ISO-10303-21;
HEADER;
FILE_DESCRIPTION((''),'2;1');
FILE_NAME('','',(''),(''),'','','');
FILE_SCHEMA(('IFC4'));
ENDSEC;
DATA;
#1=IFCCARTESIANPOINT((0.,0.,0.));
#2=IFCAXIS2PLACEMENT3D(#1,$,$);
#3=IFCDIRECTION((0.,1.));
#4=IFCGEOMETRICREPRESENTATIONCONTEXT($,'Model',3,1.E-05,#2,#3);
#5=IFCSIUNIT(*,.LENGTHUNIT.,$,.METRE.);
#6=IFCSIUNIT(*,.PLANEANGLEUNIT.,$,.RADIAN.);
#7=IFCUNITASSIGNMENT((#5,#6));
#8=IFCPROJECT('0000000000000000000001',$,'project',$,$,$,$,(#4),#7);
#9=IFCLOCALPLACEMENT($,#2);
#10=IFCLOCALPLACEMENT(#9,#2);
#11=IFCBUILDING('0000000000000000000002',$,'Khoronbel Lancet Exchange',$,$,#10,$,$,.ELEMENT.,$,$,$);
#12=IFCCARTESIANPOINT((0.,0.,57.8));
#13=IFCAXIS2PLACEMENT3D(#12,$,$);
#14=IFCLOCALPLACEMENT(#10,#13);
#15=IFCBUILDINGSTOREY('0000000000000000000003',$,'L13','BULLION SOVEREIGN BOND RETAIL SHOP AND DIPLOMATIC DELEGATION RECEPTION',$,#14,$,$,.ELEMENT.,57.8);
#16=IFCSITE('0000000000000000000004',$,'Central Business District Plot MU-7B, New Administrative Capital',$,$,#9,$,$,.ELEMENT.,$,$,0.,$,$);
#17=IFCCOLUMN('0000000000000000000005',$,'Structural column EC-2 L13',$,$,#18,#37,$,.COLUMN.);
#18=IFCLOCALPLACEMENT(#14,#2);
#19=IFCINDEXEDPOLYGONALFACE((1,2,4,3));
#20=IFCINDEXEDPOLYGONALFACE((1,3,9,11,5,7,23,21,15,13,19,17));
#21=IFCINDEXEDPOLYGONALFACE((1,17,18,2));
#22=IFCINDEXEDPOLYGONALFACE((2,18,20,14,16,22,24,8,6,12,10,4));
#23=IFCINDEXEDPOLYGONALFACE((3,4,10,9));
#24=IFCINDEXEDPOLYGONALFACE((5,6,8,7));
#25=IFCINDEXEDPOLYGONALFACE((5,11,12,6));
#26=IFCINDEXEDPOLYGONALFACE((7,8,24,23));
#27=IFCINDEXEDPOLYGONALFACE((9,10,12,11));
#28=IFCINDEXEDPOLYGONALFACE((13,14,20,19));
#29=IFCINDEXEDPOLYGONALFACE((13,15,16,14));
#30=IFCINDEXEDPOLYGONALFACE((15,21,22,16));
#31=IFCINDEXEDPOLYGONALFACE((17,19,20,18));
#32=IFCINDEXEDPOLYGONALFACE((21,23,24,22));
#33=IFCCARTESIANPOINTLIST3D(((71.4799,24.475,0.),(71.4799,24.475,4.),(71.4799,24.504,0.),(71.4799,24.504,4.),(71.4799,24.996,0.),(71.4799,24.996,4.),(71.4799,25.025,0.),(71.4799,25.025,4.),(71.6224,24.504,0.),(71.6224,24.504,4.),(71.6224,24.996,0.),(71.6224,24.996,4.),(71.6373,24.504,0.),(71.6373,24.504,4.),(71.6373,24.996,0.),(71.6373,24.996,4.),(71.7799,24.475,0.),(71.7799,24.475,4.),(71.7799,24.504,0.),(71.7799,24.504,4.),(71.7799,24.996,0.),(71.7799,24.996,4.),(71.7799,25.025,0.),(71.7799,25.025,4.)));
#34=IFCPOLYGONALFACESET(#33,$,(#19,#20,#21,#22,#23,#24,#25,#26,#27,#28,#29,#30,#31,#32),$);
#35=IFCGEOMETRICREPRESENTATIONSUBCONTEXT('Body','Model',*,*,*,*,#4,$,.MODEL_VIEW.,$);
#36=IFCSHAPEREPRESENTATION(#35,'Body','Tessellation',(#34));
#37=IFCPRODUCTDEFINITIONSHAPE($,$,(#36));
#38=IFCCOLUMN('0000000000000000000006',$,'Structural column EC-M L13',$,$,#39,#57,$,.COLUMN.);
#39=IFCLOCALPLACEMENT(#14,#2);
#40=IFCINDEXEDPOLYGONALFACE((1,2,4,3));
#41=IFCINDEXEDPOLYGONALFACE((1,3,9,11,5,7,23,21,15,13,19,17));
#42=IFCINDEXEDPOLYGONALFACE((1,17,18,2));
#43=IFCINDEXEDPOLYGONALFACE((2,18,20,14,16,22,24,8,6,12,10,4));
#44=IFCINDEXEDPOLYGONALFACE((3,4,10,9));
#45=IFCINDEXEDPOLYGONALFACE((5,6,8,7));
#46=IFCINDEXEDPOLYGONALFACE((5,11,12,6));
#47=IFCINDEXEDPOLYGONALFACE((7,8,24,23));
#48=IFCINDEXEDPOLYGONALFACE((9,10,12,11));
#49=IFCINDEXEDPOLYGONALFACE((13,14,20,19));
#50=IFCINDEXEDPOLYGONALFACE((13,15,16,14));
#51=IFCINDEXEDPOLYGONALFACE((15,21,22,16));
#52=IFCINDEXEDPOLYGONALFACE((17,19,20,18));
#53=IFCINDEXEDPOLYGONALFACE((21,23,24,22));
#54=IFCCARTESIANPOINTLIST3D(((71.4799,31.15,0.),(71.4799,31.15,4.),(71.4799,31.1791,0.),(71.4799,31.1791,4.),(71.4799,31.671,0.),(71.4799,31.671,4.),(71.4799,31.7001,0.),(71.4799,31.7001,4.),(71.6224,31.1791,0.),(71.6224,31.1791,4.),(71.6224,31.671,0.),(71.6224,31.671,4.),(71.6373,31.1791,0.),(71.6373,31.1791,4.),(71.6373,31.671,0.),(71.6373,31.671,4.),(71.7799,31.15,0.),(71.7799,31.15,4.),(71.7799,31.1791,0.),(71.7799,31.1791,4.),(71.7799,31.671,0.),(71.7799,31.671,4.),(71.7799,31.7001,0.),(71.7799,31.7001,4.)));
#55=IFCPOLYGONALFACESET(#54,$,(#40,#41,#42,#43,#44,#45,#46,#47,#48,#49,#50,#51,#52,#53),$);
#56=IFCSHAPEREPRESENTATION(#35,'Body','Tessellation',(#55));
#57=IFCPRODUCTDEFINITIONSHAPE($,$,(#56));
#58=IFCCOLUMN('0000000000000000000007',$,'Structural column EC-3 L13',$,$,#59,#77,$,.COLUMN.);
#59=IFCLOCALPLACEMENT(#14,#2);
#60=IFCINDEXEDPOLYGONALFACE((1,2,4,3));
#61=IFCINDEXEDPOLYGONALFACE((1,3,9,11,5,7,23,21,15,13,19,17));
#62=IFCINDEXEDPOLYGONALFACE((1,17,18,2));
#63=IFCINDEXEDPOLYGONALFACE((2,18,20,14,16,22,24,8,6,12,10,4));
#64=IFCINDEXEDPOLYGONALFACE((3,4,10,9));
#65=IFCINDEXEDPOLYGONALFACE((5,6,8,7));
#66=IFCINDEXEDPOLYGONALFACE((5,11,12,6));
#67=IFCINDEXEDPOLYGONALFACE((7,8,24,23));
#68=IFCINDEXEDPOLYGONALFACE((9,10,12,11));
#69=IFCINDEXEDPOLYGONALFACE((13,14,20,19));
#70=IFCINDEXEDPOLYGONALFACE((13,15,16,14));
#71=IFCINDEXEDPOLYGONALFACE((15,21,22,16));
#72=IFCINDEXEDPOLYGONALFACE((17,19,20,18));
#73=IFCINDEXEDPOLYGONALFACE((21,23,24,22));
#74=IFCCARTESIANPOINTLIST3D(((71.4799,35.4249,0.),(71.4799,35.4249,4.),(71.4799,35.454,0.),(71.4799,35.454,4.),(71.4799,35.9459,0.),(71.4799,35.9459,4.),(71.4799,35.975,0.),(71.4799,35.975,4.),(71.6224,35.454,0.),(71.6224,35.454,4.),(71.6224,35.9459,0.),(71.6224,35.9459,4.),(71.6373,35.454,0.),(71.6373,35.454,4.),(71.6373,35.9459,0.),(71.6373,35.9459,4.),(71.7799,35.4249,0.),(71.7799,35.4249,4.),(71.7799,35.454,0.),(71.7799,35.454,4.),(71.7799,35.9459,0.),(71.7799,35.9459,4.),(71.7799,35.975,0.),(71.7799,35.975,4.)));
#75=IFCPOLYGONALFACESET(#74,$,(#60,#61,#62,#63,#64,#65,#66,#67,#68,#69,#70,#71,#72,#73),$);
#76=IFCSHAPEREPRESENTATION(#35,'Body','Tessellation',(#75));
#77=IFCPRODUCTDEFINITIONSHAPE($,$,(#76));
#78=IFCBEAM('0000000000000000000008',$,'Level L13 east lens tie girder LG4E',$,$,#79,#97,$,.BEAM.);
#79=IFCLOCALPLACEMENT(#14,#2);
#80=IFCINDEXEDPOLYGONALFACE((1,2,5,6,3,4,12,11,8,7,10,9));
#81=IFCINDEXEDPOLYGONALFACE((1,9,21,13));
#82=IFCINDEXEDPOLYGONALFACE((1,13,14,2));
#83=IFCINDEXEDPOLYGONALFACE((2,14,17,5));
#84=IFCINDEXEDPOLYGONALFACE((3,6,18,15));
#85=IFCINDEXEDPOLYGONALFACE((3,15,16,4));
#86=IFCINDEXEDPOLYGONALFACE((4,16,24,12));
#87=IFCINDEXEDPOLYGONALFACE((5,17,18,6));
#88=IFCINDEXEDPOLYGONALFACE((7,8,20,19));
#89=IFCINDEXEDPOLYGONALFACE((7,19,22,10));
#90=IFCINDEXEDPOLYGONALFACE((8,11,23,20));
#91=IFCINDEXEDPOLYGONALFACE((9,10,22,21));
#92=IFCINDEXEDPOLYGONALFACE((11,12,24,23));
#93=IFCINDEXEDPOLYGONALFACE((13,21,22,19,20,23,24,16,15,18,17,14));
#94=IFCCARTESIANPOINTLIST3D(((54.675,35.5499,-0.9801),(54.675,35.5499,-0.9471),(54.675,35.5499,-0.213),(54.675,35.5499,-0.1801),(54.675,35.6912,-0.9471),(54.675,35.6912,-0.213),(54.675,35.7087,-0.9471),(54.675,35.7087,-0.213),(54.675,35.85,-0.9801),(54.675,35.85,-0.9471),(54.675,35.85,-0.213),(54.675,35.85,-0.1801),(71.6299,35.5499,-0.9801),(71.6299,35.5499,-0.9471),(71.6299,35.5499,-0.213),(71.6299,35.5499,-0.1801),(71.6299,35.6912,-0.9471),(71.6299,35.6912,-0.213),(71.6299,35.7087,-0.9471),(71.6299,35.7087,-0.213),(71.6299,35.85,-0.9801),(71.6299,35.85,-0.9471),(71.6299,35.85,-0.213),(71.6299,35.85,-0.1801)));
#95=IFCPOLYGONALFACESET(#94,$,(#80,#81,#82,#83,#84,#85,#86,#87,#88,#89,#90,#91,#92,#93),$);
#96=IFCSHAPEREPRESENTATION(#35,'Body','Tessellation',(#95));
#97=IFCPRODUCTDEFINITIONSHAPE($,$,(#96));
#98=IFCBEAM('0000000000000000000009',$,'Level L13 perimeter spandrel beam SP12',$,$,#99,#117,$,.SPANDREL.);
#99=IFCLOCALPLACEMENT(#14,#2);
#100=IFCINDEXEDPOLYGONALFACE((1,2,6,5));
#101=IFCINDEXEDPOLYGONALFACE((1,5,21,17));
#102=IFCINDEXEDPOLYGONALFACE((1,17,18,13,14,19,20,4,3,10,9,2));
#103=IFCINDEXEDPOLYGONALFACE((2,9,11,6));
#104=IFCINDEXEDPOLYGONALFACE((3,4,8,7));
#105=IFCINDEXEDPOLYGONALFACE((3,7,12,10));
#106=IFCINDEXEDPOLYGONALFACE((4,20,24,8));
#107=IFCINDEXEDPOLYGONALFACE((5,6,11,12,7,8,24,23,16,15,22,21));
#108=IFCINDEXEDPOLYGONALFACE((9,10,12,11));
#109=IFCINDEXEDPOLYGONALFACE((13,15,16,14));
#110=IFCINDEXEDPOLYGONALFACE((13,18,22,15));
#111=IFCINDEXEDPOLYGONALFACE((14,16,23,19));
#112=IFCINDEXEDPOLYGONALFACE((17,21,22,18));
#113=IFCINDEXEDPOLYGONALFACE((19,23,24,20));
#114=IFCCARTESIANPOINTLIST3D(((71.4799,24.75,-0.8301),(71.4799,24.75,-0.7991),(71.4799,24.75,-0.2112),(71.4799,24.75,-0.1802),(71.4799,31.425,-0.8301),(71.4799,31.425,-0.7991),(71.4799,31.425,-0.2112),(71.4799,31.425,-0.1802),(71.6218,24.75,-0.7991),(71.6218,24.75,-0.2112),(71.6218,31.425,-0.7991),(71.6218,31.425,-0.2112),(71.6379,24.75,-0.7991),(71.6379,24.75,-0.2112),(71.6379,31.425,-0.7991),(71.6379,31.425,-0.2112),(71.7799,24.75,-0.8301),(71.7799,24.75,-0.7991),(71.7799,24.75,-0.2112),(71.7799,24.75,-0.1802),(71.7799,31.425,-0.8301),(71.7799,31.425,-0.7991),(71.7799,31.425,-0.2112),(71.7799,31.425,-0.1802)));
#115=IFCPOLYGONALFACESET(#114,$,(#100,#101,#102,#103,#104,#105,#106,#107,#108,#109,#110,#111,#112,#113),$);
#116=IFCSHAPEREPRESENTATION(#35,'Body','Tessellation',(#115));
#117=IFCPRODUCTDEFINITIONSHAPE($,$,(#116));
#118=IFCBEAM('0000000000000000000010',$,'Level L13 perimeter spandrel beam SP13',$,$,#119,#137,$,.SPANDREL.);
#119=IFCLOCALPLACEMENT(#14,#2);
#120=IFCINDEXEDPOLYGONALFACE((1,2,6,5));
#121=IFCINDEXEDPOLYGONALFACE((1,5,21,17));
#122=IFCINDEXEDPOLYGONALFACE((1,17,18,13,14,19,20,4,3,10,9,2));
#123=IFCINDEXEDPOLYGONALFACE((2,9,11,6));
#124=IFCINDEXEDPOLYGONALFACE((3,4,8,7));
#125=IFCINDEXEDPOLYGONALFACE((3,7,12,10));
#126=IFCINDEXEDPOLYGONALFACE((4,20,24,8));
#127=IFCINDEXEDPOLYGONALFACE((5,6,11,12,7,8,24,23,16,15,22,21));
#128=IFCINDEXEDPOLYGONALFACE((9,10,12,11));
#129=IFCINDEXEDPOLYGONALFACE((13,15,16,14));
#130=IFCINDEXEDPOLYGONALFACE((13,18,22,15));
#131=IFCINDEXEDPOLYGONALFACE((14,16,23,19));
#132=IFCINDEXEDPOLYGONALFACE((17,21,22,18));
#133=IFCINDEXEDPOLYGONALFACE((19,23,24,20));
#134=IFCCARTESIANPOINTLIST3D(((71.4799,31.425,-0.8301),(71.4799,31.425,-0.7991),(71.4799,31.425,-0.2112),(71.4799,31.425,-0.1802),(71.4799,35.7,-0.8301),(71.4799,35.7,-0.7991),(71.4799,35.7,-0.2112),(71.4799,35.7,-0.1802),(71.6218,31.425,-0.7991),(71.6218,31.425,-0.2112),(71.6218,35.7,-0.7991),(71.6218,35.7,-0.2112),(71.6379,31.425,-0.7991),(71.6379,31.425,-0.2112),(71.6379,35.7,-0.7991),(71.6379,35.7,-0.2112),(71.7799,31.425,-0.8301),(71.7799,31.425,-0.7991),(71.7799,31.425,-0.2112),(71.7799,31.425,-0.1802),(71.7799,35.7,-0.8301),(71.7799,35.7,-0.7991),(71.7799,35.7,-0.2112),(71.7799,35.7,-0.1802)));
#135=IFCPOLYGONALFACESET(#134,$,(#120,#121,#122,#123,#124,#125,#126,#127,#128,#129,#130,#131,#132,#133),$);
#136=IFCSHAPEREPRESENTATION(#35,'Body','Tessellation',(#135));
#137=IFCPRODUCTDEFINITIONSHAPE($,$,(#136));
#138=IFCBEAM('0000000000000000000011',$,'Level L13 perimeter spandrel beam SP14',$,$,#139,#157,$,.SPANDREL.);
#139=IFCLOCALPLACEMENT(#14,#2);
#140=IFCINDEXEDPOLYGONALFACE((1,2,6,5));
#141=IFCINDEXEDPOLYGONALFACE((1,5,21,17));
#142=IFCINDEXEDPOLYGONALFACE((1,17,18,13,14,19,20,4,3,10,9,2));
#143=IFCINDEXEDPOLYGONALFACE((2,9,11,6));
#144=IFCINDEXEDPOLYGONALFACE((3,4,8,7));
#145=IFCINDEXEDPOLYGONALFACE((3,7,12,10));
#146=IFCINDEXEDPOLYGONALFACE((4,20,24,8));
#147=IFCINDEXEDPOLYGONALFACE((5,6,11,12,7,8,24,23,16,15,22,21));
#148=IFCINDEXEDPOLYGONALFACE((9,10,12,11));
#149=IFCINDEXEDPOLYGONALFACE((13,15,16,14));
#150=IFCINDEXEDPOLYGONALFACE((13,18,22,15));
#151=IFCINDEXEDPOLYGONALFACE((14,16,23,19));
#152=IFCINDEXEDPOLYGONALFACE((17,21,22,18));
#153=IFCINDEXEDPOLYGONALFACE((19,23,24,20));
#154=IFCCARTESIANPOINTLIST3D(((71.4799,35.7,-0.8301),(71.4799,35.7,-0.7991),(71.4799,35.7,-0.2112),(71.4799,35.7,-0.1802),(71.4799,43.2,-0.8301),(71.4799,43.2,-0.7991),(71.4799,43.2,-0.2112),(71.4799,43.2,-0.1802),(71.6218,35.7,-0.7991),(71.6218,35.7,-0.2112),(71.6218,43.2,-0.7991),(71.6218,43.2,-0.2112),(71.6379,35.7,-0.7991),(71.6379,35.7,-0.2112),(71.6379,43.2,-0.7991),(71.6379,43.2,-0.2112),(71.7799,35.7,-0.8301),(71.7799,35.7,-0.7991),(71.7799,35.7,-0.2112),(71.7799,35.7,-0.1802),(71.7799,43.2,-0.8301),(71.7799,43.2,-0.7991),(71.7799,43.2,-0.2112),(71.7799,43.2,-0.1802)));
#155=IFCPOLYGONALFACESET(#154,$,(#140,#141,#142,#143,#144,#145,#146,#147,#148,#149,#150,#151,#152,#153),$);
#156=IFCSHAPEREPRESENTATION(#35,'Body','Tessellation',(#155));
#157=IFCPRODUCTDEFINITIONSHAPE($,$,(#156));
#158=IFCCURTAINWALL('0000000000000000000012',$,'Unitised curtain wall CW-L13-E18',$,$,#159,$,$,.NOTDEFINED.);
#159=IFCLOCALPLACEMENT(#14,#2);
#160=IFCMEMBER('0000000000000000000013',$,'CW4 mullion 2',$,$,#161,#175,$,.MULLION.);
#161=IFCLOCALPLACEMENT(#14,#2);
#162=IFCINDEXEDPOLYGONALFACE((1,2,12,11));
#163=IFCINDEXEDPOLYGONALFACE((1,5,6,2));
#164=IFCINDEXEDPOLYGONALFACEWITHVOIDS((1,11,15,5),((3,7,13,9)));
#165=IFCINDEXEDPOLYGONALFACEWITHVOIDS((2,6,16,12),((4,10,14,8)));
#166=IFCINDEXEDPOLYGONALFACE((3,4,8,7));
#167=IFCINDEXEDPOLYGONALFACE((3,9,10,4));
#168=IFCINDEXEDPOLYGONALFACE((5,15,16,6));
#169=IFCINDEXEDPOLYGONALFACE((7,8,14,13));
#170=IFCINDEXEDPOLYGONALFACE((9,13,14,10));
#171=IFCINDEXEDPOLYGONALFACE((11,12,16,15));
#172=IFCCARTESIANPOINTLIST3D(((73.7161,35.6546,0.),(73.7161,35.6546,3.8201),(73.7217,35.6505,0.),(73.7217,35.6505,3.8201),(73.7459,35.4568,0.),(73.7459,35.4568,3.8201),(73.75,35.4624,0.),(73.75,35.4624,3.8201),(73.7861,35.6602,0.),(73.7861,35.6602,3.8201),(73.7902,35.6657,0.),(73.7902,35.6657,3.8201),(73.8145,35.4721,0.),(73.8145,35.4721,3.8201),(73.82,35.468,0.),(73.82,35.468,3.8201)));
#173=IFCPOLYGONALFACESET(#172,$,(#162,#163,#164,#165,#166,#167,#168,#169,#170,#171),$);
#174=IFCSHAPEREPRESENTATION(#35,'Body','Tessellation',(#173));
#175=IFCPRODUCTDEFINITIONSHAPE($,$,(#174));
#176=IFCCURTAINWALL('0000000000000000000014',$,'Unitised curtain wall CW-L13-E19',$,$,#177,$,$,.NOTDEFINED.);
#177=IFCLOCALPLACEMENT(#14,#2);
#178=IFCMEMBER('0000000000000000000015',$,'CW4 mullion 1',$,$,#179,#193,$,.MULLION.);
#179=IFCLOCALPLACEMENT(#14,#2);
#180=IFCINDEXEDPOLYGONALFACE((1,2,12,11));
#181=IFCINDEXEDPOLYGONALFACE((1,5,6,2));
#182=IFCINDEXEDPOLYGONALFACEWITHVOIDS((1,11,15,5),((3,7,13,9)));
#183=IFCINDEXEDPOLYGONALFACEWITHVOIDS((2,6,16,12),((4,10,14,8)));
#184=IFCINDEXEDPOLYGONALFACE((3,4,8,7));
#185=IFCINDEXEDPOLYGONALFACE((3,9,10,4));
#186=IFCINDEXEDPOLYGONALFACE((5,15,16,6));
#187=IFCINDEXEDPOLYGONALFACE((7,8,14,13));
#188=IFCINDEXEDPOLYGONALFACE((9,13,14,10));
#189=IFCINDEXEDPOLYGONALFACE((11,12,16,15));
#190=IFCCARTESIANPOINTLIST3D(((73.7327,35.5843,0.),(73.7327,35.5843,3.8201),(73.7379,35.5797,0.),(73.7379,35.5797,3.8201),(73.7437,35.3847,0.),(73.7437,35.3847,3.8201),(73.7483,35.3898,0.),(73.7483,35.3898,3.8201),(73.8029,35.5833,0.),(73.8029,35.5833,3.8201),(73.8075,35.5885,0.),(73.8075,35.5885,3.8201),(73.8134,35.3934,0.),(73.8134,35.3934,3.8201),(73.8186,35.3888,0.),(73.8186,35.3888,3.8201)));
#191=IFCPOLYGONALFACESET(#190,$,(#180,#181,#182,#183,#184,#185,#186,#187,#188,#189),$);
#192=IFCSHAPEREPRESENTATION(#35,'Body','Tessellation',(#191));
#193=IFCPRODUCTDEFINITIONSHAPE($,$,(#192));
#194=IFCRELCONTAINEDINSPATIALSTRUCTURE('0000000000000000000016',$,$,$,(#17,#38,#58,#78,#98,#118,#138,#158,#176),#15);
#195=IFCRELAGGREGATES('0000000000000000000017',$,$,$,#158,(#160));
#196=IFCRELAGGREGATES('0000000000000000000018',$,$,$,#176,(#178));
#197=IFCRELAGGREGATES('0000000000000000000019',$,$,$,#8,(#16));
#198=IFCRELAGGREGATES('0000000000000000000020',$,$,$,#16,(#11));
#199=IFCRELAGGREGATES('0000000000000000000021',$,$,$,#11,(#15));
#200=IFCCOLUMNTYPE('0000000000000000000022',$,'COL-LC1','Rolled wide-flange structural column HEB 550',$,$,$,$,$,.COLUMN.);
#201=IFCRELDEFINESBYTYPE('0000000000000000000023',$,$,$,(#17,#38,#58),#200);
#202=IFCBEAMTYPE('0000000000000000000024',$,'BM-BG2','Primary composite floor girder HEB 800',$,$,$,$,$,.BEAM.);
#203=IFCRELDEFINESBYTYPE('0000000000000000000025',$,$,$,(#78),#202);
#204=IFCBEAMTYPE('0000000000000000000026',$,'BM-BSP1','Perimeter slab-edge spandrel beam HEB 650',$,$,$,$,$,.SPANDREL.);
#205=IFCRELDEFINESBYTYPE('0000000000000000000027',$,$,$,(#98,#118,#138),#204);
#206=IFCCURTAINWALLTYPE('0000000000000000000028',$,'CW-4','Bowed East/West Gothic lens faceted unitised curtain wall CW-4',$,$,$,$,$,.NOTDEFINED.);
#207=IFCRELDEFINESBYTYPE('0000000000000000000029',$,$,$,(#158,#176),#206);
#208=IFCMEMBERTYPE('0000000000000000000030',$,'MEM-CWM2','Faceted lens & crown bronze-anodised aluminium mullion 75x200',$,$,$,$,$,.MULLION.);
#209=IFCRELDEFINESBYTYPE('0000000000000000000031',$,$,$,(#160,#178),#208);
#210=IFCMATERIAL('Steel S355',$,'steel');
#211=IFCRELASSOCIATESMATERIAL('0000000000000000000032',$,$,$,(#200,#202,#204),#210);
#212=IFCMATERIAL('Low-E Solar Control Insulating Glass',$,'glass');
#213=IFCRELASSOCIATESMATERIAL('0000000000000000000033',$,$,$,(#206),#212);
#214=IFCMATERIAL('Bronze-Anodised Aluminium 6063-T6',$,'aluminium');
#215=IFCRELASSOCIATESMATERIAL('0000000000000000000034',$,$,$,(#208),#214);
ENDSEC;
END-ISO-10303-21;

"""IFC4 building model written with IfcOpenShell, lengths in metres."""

from ifc_helpers import new_model, si_unit, direction, frame, origin, origin_2d, place, context, subcontext, project, spatial, hollow_rectangle, i_section, extrude, material, material_profile, profile_set, type_object, element, aggregate, save


model = new_model("IFC4")

# Units and contexts
model_context = context("Model", 3, precision=1e-05, world=origin(), true_north=direction((0.0, 1.0)))
body_context = subcontext(model_context, "Body", "Model", "MODEL_VIEW")
ifc_project = project(units=[si_unit("LENGTHUNIT", "METRE"), si_unit("PLANEANGLEUNIT", "RADIAN")], contexts=[model_context])

# Site, building, storey
site_placement = place(None, origin())
site = spatial("IfcSite", under=ifc_project, at=site_placement, Name="Central Business District Plot MU-7B, New Administrative Capital", CompositionType="ELEMENT", RefElevation=0.0)
building_placement = place(site_placement, origin())
building = spatial("IfcBuilding", under=site, at=building_placement, Name="Khoronbel Lancet Exchange", CompositionType="ELEMENT")
storey_placement = place(building_placement, frame((0.0, 0.0, 57.8)))
storey = spatial("IfcBuildingStorey", under=building, at=storey_placement, Name="L13", Description="BULLION SOVEREIGN BOND RETAIL SHOP AND DIPLOMATIC DELEGATION RECEPTION", CompositionType="ELEMENT", Elevation=57.8)

# Columns
ifc_material_1 = material(Name="Steel S355", Category="steel")
ifc_material_profile_1 = material_profile(ifc_material_1, i_section(OverallWidth=0.3, OverallDepth=0.55, WebThickness=0.0149, FlangeThickness=0.0291, at=origin_2d()), Name="HEB 550")
ifc_profile_set_1 = profile_set([ifc_material_profile_1], Name="Steel S355")
column_type = type_object("IfcColumnType", Name="COL-LC1", Description="Rolled wide-flange structural column HEB 550", PredefinedType="COLUMN", material=ifc_profile_set_1)
for number, where, z_axis, x_axis, name in (
    (1, (71.6299, 24.75, 0.0), (0.0, 0.0, 1.0), (1.0, 0.0, 0.0), "Structural column EC-2 L13"),
    (2, (71.6299, 31.425, 0.0), (0.0, 0.0, 1.0), (1.0, 0.0, 0.0), "Structural column EC-M L13"),
    (3, (71.6299, 35.7, 0.0), (0.0, 0.0, 1.0), (1.0, 0.0, 0.0), "Structural column EC-3 L13"),
):
    element("IfcColumn", number, at=place(storey_placement, frame(where, z_axis=z_axis, x_axis=x_axis)), inside=storey, type_object=column_type, Name=name, PredefinedType="COLUMN", context=body_context, shape_type="SweptSolid", body=[
        extrude(i_section(OverallWidth=0.3, OverallDepth=0.55, WebThickness=0.0149, FlangeThickness=0.0291, at=origin_2d()), origin(), (0.0, 0.0, 1.0), 4.0),
    ])

# Beams
ifc_material_profile_2 = material_profile(ifc_material_1, i_section(OverallWidth=0.3, OverallDepth=0.8, WebThickness=0.0176, FlangeThickness=0.033, at=origin_2d()), Name="HEB 800")
ifc_profile_set_2 = profile_set([ifc_material_profile_2], Name="Steel S355")
beam_type_1 = type_object("IfcBeamType", Name="BM-BG2", Description="Primary composite floor girder HEB 800", PredefinedType="BEAM", material=ifc_profile_set_2)
beam_1_placement = place(storey_placement, frame((54.675, 35.7, -0.5801), z_axis=(1.0, 0.0, 0.0), x_axis=(0.0, 1.0, 0.0)))
element("IfcBeam", 4, at=beam_1_placement, inside=storey, type_object=beam_type_1, Name="Level L13 east lens tie girder LG4E", PredefinedType="BEAM", context=body_context, shape_type="SweptSolid", body=[
    extrude(i_section(OverallWidth=0.3, OverallDepth=0.8, WebThickness=0.0176, FlangeThickness=0.033, at=origin_2d()), origin(), (0.0, 0.0, 1.0), 16.9548),
])
ifc_material_profile_3 = material_profile(ifc_material_1, i_section(OverallWidth=0.3, OverallDepth=0.6499, WebThickness=0.0161, FlangeThickness=0.031, at=origin_2d()), Name="HEB 650")
ifc_profile_set_3 = profile_set([ifc_material_profile_3], Name="Steel S355")
beam_type_2 = type_object("IfcBeamType", Name="BM-BSP1", Description="Perimeter slab-edge spandrel beam HEB 650", PredefinedType="SPANDREL", material=ifc_profile_set_3)
beam_2_placement = place(storey_placement, frame((71.6299, 24.75, -0.5051), z_axis=(0.0, 1.0, 0.0), x_axis=(-1.0, 0.0, 0.0)))
element("IfcBeam", 5, at=beam_2_placement, inside=storey, type_object=beam_type_2, Name="Level L13 perimeter spandrel beam SP12", PredefinedType="SPANDREL", context=body_context, shape_type="SweptSolid", body=[
    extrude(i_section(OverallWidth=0.3, OverallDepth=0.6499, WebThickness=0.0161, FlangeThickness=0.031, at=origin_2d()), origin(), (0.0, 0.0, 1.0), 6.675),
])
beam_3_placement = place(storey_placement, frame((71.6299, 31.425, -0.5051), z_axis=(0.0, 1.0, 0.0), x_axis=(-1.0, 0.0, 0.0)))
element("IfcBeam", 6, at=beam_3_placement, inside=storey, type_object=beam_type_2, Name="Level L13 perimeter spandrel beam SP13", PredefinedType="SPANDREL", context=body_context, shape_type="SweptSolid", body=[
    extrude(i_section(OverallWidth=0.3, OverallDepth=0.6499, WebThickness=0.0161, FlangeThickness=0.031, at=origin_2d()), origin(), (0.0, 0.0, 1.0), 4.2749),
])
beam_4_placement = place(storey_placement, frame((71.6299, 35.7, -0.5051), z_axis=(0.0, 1.0, 0.0), x_axis=(-1.0, 0.0, 0.0)))
element("IfcBeam", 7, at=beam_4_placement, inside=storey, type_object=beam_type_2, Name="Level L13 perimeter spandrel beam SP14", PredefinedType="SPANDREL", context=body_context, shape_type="SweptSolid", body=[
    extrude(i_section(OverallWidth=0.3, OverallDepth=0.6499, WebThickness=0.0161, FlangeThickness=0.031, at=origin_2d()), origin(), (0.0, 0.0, 1.0), 7.5),
])

# Curtain wall, member
ifc_material_2 = material(Name="Low-E Solar Control Insulating Glass", Category="glass")
curtain_wall_type = type_object("IfcCurtainWallType", Name="CW-4", Description="Bowed East/West Gothic lens faceted unitised curtain wall CW-4", PredefinedType="NOTDEFINED", material=ifc_material_2)
curtain_wall_1_placement = place(storey_placement, origin())
curtain_wall_1 = element("IfcCurtainWall", 8, at=curtain_wall_1_placement, inside=storey, type_object=curtain_wall_type, Name="Unitised curtain wall CW-L13-E18", PredefinedType="NOTDEFINED")
ifc_material_3 = material(Name="Bronze-Anodised Aluminium 6063-T6", Category="aluminium")
ifc_material_profile_4 = material_profile(ifc_material_3, hollow_rectangle(XDim=0.075, YDim=0.2, WallThickness=0.0049, at=origin_2d()), Name="ALU MULLION 75x200")
ifc_profile_set_4 = profile_set([ifc_material_profile_4], Name="Bronze-Anodised Aluminium 6063-T6")
member_type_1 = type_object("IfcMemberType", Name="MEM-CWM2", Description="Faceted lens & crown bronze-anodised aluminium mullion 75x200", PredefinedType="MULLION", material=ifc_profile_set_4)
member_1_placement = place(storey_placement, frame((73.7681, 35.5613, 0.0), z_axis=(0.0, 0.0, 1.0), x_axis=(0.988825, 0.14908, 0.0)))
member_1 = element("IfcMember", 9, at=member_1_placement, type_object=member_type_1, Name="CW4 mullion 2", PredefinedType="MULLION", context=body_context, shape_type="SweptSolid", body=[
    extrude(hollow_rectangle(XDim=0.075, YDim=0.2, WallThickness=0.0049, at=origin_2d()), origin(), (0.0, 0.0, 1.0), 3.8201),
])

# Curtain wall, member
curtain_wall_2_placement = place(storey_placement, origin())
curtain_wall_2 = element("IfcCurtainWall", 10, at=curtain_wall_2_placement, inside=storey, type_object=curtain_wall_type, Name="Unitised curtain wall CW-L13-E19", PredefinedType="NOTDEFINED")
member_2_placement = place(storey_placement, frame((73.7756, 35.4866, 0.0), z_axis=(0.0, 0.0, 1.0), x_axis=(0.998481, 0.055098, 0.0)))
member_2 = element("IfcMember", 11, at=member_2_placement, type_object=member_type_1, Name="CW4 mullion 1", PredefinedType="MULLION", context=body_context, shape_type="SweptSolid", body=[
    extrude(hollow_rectangle(XDim=0.075, YDim=0.2, WallThickness=0.0049, at=origin_2d()), origin(), (0.0, 0.0, 1.0), 3.8201),
])

aggregate(curtain_wall_1, [member_1])
aggregate(curtain_wall_2, [member_2])

save(model, "model.ifc")
